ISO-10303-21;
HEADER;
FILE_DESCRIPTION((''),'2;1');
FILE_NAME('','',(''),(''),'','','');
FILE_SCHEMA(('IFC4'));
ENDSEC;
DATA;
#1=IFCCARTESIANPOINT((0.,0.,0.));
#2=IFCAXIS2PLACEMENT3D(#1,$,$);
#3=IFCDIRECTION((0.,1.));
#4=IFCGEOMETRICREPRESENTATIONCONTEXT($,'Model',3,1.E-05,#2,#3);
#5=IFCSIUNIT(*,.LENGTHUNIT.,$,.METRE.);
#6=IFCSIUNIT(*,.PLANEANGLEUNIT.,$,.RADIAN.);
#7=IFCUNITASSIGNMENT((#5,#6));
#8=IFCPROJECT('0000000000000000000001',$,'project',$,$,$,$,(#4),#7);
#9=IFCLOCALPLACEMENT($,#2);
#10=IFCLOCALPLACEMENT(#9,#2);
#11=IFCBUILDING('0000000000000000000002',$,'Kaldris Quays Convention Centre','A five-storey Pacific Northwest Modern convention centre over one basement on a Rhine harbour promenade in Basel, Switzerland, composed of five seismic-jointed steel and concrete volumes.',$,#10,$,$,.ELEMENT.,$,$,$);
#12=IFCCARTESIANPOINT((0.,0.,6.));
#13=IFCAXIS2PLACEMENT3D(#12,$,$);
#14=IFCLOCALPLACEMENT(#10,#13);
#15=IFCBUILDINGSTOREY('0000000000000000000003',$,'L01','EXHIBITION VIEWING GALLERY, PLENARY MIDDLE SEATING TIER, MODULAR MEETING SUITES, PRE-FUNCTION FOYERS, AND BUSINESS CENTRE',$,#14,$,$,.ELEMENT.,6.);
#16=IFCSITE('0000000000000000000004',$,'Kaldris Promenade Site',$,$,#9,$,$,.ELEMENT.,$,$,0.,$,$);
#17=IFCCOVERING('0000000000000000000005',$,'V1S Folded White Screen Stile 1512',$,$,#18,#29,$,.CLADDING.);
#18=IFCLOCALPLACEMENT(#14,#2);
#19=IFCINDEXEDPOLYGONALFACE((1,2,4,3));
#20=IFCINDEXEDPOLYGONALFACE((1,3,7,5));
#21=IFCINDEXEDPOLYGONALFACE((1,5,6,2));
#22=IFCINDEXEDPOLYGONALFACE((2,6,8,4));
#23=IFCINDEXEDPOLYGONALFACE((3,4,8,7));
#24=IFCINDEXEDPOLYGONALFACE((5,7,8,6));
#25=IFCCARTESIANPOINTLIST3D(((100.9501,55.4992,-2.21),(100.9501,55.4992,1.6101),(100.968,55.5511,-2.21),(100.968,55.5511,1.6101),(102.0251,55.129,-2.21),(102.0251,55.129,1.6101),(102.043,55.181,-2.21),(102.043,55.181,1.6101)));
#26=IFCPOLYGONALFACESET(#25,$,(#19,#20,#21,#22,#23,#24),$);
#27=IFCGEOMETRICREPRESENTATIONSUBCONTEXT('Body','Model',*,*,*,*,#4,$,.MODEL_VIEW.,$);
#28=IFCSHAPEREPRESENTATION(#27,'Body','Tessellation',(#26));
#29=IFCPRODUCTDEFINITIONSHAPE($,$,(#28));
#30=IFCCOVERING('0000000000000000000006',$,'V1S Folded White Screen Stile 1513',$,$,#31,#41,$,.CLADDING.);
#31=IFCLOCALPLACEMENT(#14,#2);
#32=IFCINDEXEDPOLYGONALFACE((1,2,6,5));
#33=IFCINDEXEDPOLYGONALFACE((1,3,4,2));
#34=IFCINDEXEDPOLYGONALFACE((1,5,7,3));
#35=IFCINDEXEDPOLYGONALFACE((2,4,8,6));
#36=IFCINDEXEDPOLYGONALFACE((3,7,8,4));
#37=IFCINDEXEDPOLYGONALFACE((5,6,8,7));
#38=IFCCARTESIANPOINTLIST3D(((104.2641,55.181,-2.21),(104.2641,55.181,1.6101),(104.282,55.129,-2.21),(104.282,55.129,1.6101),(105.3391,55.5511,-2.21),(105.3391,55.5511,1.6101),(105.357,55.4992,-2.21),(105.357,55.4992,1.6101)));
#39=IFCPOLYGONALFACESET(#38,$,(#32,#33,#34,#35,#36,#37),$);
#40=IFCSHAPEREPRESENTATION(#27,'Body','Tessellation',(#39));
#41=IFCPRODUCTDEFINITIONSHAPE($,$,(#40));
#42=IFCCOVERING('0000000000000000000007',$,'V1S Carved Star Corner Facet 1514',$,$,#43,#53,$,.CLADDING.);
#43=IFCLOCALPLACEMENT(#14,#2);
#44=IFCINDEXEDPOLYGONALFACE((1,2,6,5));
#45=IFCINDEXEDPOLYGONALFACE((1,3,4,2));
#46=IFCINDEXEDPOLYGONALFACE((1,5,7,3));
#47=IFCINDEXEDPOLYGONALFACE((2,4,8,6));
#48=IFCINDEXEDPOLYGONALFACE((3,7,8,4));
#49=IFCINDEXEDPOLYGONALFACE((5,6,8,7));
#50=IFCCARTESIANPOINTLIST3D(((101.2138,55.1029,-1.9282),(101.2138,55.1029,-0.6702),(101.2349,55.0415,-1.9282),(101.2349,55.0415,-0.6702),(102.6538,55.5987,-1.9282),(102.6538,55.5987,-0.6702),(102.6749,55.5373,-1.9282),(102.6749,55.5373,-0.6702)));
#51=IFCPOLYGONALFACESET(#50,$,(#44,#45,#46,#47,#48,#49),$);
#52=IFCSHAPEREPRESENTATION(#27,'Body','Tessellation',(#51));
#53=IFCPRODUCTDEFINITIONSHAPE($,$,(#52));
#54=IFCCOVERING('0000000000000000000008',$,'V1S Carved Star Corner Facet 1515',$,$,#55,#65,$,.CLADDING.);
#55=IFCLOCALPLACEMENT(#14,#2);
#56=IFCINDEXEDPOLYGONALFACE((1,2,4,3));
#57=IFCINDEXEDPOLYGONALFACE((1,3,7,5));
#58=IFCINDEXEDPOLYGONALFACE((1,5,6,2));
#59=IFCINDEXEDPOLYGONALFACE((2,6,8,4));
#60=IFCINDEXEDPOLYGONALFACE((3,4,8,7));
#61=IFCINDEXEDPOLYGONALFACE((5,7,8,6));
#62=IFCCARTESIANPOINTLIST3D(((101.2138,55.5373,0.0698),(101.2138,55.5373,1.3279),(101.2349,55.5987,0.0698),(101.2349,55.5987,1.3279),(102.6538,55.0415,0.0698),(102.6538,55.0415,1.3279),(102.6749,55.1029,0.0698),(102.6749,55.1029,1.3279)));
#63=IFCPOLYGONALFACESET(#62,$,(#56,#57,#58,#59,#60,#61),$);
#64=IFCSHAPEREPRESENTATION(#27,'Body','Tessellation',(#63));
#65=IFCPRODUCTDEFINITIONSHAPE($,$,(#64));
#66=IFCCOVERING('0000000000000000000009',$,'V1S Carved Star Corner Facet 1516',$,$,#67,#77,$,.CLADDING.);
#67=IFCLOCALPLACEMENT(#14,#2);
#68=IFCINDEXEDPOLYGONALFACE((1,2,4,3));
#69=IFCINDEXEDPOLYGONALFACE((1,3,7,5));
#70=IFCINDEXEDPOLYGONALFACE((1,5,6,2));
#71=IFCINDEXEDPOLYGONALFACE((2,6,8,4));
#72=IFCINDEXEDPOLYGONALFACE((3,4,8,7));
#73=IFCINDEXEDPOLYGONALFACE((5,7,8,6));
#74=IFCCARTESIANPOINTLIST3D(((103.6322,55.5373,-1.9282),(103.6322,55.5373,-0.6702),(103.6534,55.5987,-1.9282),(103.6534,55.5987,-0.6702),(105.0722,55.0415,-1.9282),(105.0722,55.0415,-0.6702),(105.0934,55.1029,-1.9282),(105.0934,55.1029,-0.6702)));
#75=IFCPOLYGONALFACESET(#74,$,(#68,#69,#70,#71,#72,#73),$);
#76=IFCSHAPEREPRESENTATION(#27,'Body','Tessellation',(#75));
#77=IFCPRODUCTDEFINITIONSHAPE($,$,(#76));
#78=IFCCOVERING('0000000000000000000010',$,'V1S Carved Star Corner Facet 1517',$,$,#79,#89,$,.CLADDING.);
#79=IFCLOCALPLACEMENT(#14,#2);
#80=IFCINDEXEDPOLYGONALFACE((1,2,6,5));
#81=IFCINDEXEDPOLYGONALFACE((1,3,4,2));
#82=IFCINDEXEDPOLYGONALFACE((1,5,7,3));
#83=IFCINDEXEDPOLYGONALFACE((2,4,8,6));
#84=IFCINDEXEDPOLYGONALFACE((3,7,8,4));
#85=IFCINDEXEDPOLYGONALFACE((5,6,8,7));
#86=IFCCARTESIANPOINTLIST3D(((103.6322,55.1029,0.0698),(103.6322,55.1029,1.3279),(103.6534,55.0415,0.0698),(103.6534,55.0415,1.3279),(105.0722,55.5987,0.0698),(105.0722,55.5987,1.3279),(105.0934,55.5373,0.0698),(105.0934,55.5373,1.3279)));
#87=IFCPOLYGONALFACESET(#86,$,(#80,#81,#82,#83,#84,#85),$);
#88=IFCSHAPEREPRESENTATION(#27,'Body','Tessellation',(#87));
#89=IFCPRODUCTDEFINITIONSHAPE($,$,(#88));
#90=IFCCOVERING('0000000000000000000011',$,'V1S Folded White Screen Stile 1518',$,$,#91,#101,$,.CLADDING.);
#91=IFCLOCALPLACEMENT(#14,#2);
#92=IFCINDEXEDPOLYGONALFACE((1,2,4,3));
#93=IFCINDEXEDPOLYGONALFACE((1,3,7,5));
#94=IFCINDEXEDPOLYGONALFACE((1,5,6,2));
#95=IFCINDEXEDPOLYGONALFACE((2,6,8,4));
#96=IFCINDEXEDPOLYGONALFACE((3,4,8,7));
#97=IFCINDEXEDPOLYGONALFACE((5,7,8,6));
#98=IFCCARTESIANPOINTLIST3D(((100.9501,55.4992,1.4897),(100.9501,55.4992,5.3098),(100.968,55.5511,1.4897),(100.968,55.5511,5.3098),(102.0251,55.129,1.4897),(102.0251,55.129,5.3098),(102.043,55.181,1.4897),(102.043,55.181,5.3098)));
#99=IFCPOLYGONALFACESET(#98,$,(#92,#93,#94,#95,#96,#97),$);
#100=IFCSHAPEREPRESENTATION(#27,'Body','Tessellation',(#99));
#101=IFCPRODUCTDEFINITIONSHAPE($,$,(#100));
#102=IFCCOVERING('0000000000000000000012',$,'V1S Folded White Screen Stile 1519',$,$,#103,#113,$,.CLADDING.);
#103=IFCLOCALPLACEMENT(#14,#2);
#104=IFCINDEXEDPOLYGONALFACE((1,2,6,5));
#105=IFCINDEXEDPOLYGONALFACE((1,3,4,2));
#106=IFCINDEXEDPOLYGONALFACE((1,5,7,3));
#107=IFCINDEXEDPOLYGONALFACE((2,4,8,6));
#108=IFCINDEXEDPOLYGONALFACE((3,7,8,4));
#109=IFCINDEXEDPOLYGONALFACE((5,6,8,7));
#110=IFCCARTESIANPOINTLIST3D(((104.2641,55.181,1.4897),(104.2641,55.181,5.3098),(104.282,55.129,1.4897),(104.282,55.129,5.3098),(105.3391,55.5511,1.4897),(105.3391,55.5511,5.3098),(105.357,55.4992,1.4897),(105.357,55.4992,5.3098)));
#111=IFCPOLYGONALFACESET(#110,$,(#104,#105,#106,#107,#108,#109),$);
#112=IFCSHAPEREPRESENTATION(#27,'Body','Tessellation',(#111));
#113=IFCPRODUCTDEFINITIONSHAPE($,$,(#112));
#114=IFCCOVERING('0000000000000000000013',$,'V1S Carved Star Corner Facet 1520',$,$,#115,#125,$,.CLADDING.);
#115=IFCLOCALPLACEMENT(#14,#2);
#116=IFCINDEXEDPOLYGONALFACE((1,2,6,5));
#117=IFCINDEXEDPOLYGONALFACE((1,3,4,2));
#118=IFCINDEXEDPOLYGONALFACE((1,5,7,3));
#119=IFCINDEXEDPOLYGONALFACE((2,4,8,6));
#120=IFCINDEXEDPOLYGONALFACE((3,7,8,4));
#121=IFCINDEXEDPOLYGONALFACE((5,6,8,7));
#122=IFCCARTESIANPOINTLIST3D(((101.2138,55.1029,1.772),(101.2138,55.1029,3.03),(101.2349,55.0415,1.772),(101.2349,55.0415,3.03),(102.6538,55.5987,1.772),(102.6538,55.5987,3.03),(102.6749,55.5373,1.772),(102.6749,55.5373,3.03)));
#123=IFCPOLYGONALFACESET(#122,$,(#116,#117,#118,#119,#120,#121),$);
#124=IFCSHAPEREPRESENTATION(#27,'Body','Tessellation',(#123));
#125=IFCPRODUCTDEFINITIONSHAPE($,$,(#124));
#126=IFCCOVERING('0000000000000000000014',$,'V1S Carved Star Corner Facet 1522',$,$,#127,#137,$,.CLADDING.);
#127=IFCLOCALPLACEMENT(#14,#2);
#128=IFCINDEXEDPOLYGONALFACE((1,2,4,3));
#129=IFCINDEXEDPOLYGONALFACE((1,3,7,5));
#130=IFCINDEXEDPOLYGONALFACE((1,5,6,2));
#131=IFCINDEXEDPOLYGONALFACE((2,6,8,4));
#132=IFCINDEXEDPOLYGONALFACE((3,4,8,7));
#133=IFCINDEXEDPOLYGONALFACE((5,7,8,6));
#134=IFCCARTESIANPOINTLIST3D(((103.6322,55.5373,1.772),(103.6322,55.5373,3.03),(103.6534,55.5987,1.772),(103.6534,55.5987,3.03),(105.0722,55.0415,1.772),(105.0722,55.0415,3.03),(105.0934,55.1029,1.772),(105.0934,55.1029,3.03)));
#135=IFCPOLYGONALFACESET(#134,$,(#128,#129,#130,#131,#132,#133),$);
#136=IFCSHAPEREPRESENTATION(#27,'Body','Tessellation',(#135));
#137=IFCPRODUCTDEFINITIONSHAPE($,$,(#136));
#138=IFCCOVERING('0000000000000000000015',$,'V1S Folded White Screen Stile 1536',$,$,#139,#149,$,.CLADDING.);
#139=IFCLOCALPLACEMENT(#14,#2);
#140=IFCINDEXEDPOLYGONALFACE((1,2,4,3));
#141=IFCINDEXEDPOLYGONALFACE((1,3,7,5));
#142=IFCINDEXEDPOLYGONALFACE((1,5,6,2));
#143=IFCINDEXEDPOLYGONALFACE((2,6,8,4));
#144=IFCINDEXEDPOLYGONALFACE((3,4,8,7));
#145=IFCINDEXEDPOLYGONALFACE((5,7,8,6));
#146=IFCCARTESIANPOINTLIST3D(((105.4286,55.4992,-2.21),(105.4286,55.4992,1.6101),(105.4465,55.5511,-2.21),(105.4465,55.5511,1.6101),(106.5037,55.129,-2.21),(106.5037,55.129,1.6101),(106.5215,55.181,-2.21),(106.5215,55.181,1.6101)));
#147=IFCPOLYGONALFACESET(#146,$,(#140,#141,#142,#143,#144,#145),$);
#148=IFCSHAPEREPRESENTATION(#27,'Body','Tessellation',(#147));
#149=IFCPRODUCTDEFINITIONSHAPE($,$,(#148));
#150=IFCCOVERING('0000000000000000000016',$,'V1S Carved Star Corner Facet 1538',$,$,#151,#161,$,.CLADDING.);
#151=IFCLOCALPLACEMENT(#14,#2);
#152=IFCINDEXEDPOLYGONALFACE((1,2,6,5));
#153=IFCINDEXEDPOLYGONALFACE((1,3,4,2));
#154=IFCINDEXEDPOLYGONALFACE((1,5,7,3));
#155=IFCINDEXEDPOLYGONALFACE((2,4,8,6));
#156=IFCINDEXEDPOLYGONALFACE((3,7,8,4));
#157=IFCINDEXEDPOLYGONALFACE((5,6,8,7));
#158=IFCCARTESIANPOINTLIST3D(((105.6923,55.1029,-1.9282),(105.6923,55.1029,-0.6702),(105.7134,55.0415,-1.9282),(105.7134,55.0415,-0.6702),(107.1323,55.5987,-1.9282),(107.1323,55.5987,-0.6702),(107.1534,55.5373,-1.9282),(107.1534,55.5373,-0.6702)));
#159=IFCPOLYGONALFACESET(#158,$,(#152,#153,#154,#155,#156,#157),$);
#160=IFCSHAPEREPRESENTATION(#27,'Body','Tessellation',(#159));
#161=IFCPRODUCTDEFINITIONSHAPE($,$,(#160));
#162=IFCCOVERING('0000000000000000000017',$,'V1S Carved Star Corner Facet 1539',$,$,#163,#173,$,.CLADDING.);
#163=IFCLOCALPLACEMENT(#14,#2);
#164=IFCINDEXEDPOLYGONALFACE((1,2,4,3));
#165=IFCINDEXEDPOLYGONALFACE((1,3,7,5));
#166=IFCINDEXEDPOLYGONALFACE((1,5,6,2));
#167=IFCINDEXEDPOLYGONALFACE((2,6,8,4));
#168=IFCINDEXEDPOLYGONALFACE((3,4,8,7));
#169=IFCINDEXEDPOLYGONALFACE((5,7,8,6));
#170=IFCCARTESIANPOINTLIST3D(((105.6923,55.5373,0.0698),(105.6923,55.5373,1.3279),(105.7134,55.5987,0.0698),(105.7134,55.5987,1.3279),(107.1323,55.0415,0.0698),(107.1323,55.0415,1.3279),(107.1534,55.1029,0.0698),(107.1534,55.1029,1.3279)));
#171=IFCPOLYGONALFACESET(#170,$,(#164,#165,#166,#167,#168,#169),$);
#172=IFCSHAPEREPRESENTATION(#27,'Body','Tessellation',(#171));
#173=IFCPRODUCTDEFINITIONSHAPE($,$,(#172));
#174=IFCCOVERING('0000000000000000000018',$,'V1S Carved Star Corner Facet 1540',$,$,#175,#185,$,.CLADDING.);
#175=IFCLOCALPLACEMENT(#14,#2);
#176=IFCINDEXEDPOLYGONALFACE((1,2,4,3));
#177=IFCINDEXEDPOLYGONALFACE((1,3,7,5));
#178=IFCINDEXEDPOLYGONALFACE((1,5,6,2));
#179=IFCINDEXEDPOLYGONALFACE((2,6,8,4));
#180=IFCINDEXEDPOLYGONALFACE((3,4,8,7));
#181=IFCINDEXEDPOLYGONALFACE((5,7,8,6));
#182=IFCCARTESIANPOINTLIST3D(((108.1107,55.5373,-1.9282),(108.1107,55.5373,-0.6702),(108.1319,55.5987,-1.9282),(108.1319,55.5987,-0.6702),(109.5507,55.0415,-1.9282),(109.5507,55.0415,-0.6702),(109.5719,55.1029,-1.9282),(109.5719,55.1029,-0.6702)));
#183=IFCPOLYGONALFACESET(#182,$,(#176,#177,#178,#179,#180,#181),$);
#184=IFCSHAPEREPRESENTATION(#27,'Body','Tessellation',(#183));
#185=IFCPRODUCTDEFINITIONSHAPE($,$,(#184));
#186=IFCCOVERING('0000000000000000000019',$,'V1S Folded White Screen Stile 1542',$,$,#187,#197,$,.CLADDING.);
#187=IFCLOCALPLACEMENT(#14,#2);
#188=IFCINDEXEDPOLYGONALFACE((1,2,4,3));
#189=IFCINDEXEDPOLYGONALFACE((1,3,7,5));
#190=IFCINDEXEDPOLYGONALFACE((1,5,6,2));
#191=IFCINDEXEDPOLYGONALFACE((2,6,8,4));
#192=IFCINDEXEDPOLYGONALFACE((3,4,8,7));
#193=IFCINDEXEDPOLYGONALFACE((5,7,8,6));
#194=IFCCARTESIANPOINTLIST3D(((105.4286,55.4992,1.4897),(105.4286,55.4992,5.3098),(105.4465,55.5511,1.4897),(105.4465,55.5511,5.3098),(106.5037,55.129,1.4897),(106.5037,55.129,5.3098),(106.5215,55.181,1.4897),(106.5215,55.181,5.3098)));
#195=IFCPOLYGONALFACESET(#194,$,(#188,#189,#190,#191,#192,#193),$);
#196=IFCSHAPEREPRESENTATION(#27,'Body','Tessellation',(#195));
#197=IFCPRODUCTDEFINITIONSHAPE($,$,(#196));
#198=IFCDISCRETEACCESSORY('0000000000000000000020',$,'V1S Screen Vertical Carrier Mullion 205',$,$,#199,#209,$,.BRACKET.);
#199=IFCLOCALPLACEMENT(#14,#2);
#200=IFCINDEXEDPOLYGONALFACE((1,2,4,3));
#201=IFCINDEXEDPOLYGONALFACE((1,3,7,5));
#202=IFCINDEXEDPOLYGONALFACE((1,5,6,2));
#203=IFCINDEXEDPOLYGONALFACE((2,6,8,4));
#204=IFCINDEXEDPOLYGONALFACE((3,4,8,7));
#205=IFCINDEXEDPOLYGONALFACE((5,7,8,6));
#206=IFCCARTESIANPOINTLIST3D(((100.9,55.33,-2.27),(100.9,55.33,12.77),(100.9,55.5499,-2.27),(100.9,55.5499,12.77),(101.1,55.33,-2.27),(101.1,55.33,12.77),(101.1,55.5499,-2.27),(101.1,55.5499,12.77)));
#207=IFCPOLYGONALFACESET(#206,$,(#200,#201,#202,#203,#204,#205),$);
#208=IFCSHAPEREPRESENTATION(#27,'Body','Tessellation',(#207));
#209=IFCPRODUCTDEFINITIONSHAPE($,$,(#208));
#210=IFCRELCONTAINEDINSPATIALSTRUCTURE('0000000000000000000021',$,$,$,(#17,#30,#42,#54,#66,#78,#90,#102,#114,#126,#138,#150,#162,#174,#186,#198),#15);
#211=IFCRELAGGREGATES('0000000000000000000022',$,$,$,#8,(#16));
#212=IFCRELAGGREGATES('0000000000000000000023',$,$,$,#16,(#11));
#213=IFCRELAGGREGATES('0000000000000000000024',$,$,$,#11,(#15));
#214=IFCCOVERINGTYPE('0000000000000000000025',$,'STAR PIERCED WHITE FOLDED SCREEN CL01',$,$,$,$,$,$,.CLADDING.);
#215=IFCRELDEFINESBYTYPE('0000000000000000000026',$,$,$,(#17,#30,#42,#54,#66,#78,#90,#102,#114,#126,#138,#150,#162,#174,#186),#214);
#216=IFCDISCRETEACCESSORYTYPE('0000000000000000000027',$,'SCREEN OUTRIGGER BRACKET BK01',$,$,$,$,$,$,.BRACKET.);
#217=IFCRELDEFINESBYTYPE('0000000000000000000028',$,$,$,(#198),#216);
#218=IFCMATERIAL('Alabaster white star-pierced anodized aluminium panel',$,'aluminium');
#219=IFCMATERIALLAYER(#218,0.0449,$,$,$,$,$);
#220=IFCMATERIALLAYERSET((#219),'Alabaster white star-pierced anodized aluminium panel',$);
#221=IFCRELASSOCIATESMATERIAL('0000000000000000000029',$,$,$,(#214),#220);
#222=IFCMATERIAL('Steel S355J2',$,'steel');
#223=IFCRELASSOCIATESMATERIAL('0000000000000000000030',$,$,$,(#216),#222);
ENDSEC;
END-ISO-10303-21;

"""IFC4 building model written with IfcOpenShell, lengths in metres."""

from ifc_helpers import new_model, si_unit, direction, frame, origin, origin_2d, place, context, subcontext, project, spatial, rectangle, extrude, material, layer, layer_set, type_object, element, save


model = new_model("IFC4")

# Units and contexts
model_context = context("Model", 3, precision=1e-05, world=origin(), true_north=direction((0.0, 1.0)))
body_context = subcontext(model_context, "Body", "Model", "MODEL_VIEW")
ifc_project = project(units=[si_unit("LENGTHUNIT", "METRE"), si_unit("PLANEANGLEUNIT", "RADIAN")], contexts=[model_context])

# Site, building, storey
site_placement = place(None, origin())
site = spatial("IfcSite", under=ifc_project, at=site_placement, Name="Kaldris Promenade Site", CompositionType="ELEMENT", RefElevation=0.0)
building_placement = place(site_placement, origin())
building = spatial("IfcBuilding", under=site, at=building_placement, Name="Kaldris Quays Convention Centre", Description="A five-storey Pacific Northwest Modern convention centre over one basement on a Rhine harbour promenade in Basel, Switzerland, composed of five seismic-jointed steel and concrete volumes.", CompositionType="ELEMENT")
storey_placement = place(building_placement, frame((0.0, 0.0, 6.0)))
storey = spatial("IfcBuildingStorey", under=building, at=storey_placement, Name="L01", Description="EXHIBITION VIEWING GALLERY, PLENARY MIDDLE SEATING TIER, MODULAR MEETING SUITES, PRE-FUNCTION FOYERS, AND BUSINESS CENTRE", CompositionType="ELEMENT", Elevation=6.0)

# Shared definitions
ifc_material_1 = material(Name="Steel S355J2", Category="steel")

# Coverings
ifc_material_2 = material(Name="Alabaster white star-pierced anodized aluminium panel", Category="aluminium")
ifc_layer_1 = layer(ifc_material_2, 0.0449)
ifc_layer_set_1 = layer_set([ifc_layer_1], Name="Alabaster white star-pierced anodized aluminium panel")
covering_type = type_object("IfcCoveringType", Name="STAR PIERCED WHITE FOLDED SCREEN CL01", PredefinedType="CLADDING", material=ifc_layer_set_1)
for number, where, z_axis, x_axis, name in (
    (1, (101.4966, 55.3401, -2.21), (0.0, 0.0, 1.0), (0.945519, -0.325568, 0.0), "V1S Folded White Screen Stile 1512"),
    (2, (104.8105, 55.3401, -2.21), (0.0, 0.0, 1.0), (0.945519, 0.325568, 0.0), "V1S Folded White Screen Stile 1513"),
):
    element("IfcCovering", number, at=place(storey_placement, frame(where, z_axis=z_axis, x_axis=x_axis)), inside=storey, type_object=covering_type, Name=name, PredefinedType="CLADDING", context=body_context, shape_type="SweptSolid", body=[
        extrude(rectangle(XDim=1.137, YDim=0.0549, at=origin_2d()), origin(), (0.0, 0.0, 1.0), 3.8201),
    ])
for number, where, z_axis, x_axis, name in (
    (3, (101.9443, 55.3201, -1.9282), (0.0, 0.0, 1.0), (0.945519, 0.325568, 0.0), "V1S Carved Star Corner Facet 1514"),
    (4, (101.9443, 55.3201, 0.0698), (0.0, 0.0, 1.0), (0.945519, -0.325568, 0.0), "V1S Carved Star Corner Facet 1515"),
    (5, (104.3628, 55.3201, -1.9282), (0.0, 0.0, 1.0), (0.945519, -0.325568, 0.0), "V1S Carved Star Corner Facet 1516"),
    (6, (104.3628, 55.3201, 0.0698), (0.0, 0.0, 1.0), (0.945519, 0.325568, 0.0), "V1S Carved Star Corner Facet 1517"),
):
    element("IfcCovering", number, at=place(storey_placement, frame(where, z_axis=z_axis, x_axis=x_axis)), inside=storey, type_object=covering_type, Name=name, PredefinedType="CLADDING", context=body_context, shape_type="SweptSolid", body=[
        extrude(rectangle(XDim=1.5229, YDim=0.0649, at=origin_2d()), origin(), (0.0, 0.0, 1.0), 1.2581),
    ])
for number, where, z_axis, x_axis, name in (
    (7, (101.4966, 55.3401, 1.4897), (0.0, 0.0, 1.0), (0.945519, -0.325568, 0.0), "V1S Folded White Screen Stile 1518"),
    (8, (104.8105, 55.3401, 1.4897), (0.0, 0.0, 1.0), (0.945519, 0.325568, 0.0), "V1S Folded White Screen Stile 1519"),
):
    element("IfcCovering", number, at=place(storey_placement, frame(where, z_axis=z_axis, x_axis=x_axis)), inside=storey, type_object=covering_type, Name=name, PredefinedType="CLADDING", context=body_context, shape_type="SweptSolid", body=[
        extrude(rectangle(XDim=1.137, YDim=0.0549, at=origin_2d()), origin(), (0.0, 0.0, 1.0), 3.8201),
    ])
for number, where, z_axis, x_axis, name in (
    (9, (101.9443, 55.3201, 1.772), (0.0, 0.0, 1.0), (0.945519, 0.325568, 0.0), "V1S Carved Star Corner Facet 1520"),
    (10, (104.3628, 55.3201, 1.772), (0.0, 0.0, 1.0), (0.945519, -0.325568, 0.0), "V1S Carved Star Corner Facet 1522"),
):
    element("IfcCovering", number, at=place(storey_placement, frame(where, z_axis=z_axis, x_axis=x_axis)), inside=storey, type_object=covering_type, Name=name, PredefinedType="CLADDING", context=body_context, shape_type="SweptSolid", body=[
        extrude(rectangle(XDim=1.5229, YDim=0.0649, at=origin_2d()), origin(), (0.0, 0.0, 1.0), 1.2581),
    ])
covering_1_placement = place(storey_placement, frame((105.9751, 55.3401, -2.21), z_axis=(0.0, 0.0, 1.0), x_axis=(0.945519, -0.325568, 0.0)))
element("IfcCovering", 11, at=covering_1_placement, inside=storey, type_object=covering_type, Name="V1S Folded White Screen Stile 1536", PredefinedType="CLADDING", context=body_context, shape_type="SweptSolid", body=[
    extrude(rectangle(XDim=1.137, YDim=0.0549, at=origin_2d()), origin(), (0.0, 0.0, 1.0), 3.8201),
])
for number, where, z_axis, x_axis, name in (
    (12, (106.4229, 55.3201, -1.9282), (0.0, 0.0, 1.0), (0.945519, 0.325568, 0.0), "V1S Carved Star Corner Facet 1538"),
    (13, (106.4229, 55.3201, 0.0698), (0.0, 0.0, 1.0), (0.945519, -0.325568, 0.0), "V1S Carved Star Corner Facet 1539"),
    (14, (108.8413, 55.3201, -1.9282), (0.0, 0.0, 1.0), (0.945519, -0.325568, 0.0), "V1S Carved Star Corner Facet 1540"),
):
    element("IfcCovering", number, at=place(storey_placement, frame(where, z_axis=z_axis, x_axis=x_axis)), inside=storey, type_object=covering_type, Name=name, PredefinedType="CLADDING", context=body_context, shape_type="SweptSolid", body=[
        extrude(rectangle(XDim=1.5229, YDim=0.0649, at=origin_2d()), origin(), (0.0, 0.0, 1.0), 1.2581),
    ])
covering_2_placement = place(storey_placement, frame((105.9751, 55.3401, 1.4897), z_axis=(0.0, 0.0, 1.0), x_axis=(0.945519, -0.325568, 0.0)))
element("IfcCovering", 15, at=covering_2_placement, inside=storey, type_object=covering_type, Name="V1S Folded White Screen Stile 1542", PredefinedType="CLADDING", context=body_context, shape_type="SweptSolid", body=[
    extrude(rectangle(XDim=1.137, YDim=0.0549, at=origin_2d()), origin(), (0.0, 0.0, 1.0), 3.8201),
])

# Discrete accessory
discrete_accessory_type = type_object("IfcDiscreteAccessoryType", Name="SCREEN OUTRIGGER BRACKET BK01", PredefinedType="BRACKET", material=ifc_material_1)
discrete_accessory_placement = place(storey_placement, frame((101.0, 55.4399, -2.27), z_axis=(0.0, 0.0, 1.0), x_axis=(1.0, 0.0, 0.0)))
element("IfcDiscreteAccessory", 16, at=discrete_accessory_placement, inside=storey, type_object=discrete_accessory_type, Name="V1S Screen Vertical Carrier Mullion 205", PredefinedType="BRACKET", context=body_context, shape_type="SweptSolid", body=[
    extrude(rectangle(XDim=0.2, YDim=0.22, at=origin_2d()), origin(), (0.0, 0.0, 1.0), 15.04),
])

save(model, "model.ifc")
